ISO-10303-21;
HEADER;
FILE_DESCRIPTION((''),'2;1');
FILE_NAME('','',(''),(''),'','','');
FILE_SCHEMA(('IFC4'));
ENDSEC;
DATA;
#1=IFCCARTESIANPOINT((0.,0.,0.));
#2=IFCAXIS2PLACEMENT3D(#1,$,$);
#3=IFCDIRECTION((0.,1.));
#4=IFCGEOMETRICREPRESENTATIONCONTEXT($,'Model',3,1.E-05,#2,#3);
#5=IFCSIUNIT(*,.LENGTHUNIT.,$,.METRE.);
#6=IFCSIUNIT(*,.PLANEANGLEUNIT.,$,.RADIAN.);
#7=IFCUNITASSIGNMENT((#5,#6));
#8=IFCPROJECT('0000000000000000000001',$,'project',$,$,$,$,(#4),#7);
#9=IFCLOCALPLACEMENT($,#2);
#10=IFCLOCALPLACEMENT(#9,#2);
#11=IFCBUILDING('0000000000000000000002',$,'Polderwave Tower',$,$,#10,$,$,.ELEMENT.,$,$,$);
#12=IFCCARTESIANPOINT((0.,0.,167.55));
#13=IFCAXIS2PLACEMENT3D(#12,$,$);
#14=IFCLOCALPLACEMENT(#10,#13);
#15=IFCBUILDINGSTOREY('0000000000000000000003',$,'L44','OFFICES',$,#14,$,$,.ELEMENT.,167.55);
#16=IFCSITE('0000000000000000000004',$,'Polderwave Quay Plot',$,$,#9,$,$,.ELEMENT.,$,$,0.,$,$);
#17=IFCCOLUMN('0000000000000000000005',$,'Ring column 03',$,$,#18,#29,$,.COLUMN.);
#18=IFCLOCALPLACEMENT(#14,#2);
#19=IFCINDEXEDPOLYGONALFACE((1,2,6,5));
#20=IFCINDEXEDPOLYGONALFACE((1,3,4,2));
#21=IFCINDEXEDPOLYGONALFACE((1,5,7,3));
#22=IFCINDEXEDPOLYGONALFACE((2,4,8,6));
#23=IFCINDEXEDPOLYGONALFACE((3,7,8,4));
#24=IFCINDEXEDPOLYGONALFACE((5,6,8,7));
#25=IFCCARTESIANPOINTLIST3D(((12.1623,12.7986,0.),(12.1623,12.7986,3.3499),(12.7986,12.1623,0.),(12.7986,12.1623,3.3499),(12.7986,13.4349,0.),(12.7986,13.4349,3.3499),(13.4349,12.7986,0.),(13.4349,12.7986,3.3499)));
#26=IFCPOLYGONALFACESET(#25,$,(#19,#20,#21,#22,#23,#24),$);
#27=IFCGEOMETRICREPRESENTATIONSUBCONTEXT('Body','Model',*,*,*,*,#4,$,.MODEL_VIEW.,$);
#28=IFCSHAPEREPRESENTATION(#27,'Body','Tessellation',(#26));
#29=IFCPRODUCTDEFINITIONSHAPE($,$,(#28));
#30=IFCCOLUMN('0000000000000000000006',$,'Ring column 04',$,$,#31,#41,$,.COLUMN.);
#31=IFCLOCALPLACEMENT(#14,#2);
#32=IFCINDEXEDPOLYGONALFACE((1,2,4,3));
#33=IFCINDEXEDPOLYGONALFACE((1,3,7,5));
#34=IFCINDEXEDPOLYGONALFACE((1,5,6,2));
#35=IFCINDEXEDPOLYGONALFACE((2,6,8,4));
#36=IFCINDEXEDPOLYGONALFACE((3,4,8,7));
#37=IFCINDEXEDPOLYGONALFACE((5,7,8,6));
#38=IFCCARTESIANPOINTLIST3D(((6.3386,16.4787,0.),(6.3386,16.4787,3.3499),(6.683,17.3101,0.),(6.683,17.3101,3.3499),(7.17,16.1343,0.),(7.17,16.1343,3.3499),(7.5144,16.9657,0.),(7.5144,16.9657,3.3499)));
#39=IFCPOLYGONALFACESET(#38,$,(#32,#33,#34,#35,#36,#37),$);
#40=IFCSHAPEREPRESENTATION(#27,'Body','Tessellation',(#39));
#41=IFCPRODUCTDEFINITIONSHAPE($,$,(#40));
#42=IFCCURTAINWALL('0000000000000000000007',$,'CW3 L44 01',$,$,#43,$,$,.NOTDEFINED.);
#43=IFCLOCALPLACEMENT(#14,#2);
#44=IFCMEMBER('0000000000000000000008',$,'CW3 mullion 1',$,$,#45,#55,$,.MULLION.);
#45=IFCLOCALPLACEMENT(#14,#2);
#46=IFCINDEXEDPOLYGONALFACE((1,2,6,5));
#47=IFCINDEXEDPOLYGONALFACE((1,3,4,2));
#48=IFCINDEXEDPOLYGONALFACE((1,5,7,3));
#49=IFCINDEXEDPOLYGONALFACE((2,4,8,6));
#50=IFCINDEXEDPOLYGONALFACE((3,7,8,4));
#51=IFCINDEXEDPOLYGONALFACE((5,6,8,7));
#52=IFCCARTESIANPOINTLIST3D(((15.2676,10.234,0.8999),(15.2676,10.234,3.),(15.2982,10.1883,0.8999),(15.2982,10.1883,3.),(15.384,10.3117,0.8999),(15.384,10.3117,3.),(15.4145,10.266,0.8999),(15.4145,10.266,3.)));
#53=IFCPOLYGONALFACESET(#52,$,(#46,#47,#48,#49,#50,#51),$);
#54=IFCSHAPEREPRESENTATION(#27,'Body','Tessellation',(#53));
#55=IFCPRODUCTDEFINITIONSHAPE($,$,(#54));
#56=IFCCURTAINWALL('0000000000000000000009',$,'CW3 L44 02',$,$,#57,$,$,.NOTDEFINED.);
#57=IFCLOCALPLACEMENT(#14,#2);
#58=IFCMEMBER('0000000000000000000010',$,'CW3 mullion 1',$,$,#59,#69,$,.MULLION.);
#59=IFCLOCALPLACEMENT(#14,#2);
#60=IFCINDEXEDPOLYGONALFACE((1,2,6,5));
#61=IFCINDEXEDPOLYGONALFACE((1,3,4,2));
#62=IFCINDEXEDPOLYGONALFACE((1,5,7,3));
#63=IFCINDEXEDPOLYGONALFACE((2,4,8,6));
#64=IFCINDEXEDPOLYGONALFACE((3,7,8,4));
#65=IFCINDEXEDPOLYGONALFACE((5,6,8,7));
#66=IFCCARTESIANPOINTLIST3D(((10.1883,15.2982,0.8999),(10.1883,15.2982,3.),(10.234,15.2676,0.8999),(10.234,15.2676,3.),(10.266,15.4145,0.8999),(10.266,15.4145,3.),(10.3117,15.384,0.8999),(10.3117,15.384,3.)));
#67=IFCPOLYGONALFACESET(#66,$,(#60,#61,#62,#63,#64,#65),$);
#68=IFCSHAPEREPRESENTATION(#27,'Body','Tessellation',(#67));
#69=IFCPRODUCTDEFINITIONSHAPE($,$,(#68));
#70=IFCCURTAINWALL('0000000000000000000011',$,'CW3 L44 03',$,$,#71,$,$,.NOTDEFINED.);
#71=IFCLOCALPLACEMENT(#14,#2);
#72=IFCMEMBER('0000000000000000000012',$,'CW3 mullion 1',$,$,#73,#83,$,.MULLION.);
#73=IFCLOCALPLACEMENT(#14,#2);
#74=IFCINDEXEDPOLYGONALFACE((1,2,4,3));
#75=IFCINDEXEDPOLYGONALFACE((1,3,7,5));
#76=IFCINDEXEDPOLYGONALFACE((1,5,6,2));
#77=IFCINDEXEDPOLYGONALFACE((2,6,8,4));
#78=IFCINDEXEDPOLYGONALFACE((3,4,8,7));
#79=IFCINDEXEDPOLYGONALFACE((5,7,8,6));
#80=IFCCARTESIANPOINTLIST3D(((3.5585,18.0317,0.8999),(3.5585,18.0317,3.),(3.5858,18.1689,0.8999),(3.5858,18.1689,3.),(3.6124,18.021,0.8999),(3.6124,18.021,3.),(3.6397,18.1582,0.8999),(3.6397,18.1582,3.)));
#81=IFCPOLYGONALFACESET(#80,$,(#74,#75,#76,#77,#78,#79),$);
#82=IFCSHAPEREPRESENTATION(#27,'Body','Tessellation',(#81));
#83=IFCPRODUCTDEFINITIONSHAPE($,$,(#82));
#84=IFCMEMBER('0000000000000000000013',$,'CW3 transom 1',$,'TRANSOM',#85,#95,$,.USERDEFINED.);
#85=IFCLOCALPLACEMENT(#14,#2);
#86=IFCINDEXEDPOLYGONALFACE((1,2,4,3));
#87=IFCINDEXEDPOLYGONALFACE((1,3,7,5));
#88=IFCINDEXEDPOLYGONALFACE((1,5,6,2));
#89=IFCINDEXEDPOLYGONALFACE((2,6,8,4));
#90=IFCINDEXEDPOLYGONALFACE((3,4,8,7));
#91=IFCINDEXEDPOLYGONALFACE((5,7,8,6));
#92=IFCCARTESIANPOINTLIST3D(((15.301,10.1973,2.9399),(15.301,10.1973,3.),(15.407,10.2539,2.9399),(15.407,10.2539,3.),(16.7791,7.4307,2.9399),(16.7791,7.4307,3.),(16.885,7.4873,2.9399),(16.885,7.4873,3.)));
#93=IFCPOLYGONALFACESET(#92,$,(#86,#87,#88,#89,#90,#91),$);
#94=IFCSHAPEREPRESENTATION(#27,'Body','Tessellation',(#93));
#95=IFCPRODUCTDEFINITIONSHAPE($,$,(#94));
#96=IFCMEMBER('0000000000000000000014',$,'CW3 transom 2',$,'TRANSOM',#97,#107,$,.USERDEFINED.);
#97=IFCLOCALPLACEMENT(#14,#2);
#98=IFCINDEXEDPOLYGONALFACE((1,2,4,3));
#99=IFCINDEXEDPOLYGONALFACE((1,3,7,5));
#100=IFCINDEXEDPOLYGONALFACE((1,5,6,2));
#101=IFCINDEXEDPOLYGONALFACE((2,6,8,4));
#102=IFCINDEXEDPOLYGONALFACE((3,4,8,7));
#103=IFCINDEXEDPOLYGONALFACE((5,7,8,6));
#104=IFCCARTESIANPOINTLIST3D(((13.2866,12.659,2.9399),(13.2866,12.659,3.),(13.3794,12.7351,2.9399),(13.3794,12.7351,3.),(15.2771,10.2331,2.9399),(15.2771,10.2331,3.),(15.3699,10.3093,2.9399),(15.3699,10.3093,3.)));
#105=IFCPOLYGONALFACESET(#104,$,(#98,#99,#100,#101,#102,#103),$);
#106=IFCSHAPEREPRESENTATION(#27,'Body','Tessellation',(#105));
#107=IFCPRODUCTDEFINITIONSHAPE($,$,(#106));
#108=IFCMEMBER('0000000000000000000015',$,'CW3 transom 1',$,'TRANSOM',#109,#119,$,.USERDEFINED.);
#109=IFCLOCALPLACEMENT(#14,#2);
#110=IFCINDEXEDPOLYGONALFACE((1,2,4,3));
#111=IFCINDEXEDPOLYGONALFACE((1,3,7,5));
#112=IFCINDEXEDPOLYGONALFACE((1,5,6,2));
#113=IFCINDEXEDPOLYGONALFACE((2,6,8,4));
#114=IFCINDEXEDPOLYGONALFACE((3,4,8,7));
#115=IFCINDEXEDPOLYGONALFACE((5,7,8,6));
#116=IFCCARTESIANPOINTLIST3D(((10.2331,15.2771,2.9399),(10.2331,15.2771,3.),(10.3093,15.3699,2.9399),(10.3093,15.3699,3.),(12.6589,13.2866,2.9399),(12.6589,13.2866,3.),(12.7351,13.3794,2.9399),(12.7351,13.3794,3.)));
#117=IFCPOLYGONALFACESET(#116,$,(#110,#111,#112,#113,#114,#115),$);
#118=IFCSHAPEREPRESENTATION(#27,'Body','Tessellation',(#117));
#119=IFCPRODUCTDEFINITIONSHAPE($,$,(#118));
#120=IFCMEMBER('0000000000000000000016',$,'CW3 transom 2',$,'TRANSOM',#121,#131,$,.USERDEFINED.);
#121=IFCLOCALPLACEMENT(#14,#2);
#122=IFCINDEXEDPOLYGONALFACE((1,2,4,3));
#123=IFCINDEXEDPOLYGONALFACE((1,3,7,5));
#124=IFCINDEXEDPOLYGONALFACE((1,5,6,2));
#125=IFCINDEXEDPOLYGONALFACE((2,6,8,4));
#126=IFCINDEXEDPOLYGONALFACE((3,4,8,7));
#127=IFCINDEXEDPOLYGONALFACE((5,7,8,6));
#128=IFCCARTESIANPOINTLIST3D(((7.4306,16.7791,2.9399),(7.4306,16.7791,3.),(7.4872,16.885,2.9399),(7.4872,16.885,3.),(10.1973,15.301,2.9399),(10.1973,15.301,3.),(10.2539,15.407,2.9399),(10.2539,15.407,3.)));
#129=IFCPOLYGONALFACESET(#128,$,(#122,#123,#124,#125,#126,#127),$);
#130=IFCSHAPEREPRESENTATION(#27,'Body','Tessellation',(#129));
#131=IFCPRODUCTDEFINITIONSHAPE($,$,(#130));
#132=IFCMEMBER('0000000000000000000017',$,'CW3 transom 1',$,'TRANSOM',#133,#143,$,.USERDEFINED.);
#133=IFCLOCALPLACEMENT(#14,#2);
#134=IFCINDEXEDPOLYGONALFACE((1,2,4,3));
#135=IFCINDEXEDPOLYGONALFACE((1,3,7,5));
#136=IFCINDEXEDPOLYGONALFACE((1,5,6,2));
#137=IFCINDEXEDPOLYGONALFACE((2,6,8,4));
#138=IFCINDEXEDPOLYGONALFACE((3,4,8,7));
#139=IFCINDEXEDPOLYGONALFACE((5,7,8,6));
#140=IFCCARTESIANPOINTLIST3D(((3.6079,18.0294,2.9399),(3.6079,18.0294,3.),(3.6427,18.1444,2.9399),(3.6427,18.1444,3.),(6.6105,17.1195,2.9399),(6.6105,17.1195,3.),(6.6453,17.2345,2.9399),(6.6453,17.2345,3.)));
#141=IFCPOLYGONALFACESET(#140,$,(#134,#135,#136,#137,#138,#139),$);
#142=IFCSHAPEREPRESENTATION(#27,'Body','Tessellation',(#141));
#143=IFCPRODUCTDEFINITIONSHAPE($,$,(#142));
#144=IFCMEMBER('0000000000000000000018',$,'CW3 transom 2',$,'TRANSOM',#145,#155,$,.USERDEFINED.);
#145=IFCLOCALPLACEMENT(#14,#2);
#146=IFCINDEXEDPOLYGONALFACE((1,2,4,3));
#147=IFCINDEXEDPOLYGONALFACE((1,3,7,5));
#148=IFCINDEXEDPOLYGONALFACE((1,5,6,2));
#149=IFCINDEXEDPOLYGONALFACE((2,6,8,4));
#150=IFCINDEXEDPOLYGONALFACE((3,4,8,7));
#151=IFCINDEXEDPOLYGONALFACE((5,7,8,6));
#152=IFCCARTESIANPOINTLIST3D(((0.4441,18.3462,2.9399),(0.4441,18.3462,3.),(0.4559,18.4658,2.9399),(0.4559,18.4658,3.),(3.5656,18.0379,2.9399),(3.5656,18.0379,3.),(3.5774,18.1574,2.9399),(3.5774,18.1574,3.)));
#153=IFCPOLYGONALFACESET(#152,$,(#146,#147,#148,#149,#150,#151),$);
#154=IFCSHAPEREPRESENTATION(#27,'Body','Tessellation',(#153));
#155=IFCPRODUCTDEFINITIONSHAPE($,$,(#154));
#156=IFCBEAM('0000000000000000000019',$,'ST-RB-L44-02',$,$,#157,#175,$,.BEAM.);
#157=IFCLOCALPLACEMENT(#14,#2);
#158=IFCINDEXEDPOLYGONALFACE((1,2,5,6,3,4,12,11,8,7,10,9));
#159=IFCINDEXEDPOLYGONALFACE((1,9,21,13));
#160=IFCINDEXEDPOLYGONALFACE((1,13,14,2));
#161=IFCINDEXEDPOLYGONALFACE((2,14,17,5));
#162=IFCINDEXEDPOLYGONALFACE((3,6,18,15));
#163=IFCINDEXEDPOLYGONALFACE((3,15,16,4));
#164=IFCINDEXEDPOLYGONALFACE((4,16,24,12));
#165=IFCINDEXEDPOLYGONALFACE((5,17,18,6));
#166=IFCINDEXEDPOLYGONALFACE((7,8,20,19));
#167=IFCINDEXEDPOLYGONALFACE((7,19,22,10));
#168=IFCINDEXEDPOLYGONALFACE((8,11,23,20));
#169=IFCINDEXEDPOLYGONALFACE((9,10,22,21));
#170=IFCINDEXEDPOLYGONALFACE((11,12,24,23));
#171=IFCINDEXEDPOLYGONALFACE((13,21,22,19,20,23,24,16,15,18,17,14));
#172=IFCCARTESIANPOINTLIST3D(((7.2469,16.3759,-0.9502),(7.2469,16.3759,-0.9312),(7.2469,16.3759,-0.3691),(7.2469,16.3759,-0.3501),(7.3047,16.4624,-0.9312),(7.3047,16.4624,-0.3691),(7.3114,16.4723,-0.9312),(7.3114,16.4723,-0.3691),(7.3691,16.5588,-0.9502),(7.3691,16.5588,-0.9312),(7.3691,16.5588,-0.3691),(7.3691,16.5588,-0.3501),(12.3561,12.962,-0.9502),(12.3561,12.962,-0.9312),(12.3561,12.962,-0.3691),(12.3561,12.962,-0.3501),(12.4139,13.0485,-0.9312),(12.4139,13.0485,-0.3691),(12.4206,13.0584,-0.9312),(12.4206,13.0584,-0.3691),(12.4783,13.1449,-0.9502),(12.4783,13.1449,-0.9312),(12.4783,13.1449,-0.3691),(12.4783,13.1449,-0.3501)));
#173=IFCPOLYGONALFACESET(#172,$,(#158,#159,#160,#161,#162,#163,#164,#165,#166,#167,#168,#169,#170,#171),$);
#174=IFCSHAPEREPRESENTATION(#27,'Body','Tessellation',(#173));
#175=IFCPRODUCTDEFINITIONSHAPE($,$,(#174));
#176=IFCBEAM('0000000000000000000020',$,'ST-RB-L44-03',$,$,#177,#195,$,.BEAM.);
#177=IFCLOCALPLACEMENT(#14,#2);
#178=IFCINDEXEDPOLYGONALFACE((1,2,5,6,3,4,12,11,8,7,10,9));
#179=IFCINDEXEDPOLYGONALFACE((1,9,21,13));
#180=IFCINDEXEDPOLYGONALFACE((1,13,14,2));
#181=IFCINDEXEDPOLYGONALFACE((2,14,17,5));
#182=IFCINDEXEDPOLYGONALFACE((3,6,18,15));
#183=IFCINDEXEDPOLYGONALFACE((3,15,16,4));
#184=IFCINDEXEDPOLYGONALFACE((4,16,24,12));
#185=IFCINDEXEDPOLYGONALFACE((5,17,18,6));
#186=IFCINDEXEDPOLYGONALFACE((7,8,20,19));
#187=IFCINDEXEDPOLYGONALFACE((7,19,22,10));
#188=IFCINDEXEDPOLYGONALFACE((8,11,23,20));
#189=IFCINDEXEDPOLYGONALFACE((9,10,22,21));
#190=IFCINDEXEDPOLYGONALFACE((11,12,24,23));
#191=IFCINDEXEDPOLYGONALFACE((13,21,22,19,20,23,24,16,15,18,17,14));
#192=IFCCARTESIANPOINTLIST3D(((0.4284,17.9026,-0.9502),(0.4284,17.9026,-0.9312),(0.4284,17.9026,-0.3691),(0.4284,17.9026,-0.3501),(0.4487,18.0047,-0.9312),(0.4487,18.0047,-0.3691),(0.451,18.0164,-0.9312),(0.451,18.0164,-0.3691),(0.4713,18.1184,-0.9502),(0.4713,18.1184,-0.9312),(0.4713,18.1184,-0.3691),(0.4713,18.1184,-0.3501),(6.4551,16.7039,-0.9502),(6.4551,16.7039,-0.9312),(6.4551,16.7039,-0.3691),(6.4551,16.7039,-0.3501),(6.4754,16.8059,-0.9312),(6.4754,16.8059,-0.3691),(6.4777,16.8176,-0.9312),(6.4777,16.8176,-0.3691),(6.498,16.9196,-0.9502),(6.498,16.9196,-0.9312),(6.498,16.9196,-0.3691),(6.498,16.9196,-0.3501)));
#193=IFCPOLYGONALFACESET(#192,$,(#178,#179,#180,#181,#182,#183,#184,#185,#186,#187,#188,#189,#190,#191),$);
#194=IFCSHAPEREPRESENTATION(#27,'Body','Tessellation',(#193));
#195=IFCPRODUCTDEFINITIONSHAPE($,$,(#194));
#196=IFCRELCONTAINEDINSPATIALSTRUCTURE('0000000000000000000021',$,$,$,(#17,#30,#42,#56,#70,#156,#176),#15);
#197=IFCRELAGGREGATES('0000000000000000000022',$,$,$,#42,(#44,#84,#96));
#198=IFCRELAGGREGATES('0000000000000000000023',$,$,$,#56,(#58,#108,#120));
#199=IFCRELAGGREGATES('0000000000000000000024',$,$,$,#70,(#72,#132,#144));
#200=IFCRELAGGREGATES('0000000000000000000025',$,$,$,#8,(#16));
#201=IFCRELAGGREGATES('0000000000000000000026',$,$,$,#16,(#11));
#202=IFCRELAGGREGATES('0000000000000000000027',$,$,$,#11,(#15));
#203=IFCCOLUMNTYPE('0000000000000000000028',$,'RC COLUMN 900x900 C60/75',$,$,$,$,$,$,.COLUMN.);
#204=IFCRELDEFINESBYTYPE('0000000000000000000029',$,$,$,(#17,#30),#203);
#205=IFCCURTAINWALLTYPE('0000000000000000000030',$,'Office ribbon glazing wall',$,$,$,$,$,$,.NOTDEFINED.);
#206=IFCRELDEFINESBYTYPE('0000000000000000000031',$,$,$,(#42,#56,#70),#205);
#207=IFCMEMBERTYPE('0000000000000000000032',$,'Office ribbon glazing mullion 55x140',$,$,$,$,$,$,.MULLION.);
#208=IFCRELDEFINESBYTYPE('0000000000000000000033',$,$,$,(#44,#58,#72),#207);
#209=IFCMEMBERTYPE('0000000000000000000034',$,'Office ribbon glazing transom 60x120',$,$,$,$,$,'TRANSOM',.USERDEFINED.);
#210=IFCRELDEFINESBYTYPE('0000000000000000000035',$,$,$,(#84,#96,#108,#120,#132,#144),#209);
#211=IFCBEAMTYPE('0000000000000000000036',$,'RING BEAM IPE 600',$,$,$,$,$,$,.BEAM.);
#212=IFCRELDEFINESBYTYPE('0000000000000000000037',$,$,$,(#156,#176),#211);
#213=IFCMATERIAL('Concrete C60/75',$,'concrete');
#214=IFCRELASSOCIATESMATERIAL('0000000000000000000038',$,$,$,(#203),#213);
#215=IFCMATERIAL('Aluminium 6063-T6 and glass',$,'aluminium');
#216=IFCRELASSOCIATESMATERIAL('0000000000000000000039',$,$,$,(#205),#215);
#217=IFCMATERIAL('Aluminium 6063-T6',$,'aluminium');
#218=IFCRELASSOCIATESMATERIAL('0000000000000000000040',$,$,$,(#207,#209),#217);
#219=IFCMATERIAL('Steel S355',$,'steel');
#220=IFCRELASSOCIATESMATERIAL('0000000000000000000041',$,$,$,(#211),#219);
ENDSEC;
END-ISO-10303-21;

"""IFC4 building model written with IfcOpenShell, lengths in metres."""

from ifc_helpers import new_model, si_unit, direction, frame, origin, origin_2d, place, context, subcontext, project, spatial, rectangle, i_section, extrude, material, material_profile, profile_set, type_object, element, aggregate, save


model = new_model("IFC4")

# Units and contexts
model_context = context("Model", 3, precision=1e-05, world=origin(), true_north=direction((0.0, 1.0)))
body_context = subcontext(model_context, "Body", "Model", "MODEL_VIEW")
ifc_project = project(units=[si_unit("LENGTHUNIT", "METRE"), si_unit("PLANEANGLEUNIT", "RADIAN")], contexts=[model_context])

# Site, building, storey
site_placement = place(None, origin())
site = spatial("IfcSite", under=ifc_project, at=site_placement, Name="Polderwave Quay Plot", CompositionType="ELEMENT", RefElevation=0.0)
building_placement = place(site_placement, origin())
building = spatial("IfcBuilding", under=site, at=building_placement, Name="Polderwave Tower", CompositionType="ELEMENT")
storey_placement = place(building_placement, frame((0.0, 0.0, 167.55)))
storey = spatial("IfcBuildingStorey", under=building, at=storey_placement, Name="L44", Description="OFFICES", CompositionType="ELEMENT", Elevation=167.55)

# Columns
ifc_material_1 = material(Name="Concrete C60/75", Category="concrete")
ifc_material_profile_1 = material_profile(ifc_material_1, rectangle(XDim=0.8999, YDim=0.8999, at=origin_2d()), Name="RC 900x900")
ifc_profile_set_1 = profile_set([ifc_material_profile_1], Name="Concrete C60/75")
column_type = type_object("IfcColumnType", Name="RC COLUMN 900x900 C60/75", PredefinedType="COLUMN", material=ifc_profile_set_1)
for number, where, z_axis, x_axis, name in (
    (1, (12.7986, 12.7986, 0.0), (0.0, 0.0, 1.0), (0.707107, 0.707107, 0.0), "Ring column 03"),
    (2, (6.9265, 16.7222, 0.0), (0.0, 0.0, 1.0), (0.382683, 0.92388, 0.0), "Ring column 04"),
):
    element("IfcColumn", number, at=place(storey_placement, frame(where, z_axis=z_axis, x_axis=x_axis)), inside=storey, type_object=column_type, Name=name, PredefinedType="COLUMN", context=body_context, shape_type="SweptSolid", body=[
        extrude(rectangle(XDim=0.8999, YDim=0.8999, at=origin_2d()), origin(), (0.0, 0.0, 1.0), 3.3499),
    ])

# Curtain walls, members
ifc_material_2 = material(Name="Aluminium 6063-T6 and glass", Category="aluminium")
curtain_wall_type = type_object("IfcCurtainWallType", Name="Office ribbon glazing wall", PredefinedType="NOTDEFINED", material=ifc_material_2)
curtain_wall_1_placement = place(storey_placement, origin())
curtain_wall_1 = element("IfcCurtainWall", 3, at=curtain_wall_1_placement, inside=storey, type_object=curtain_wall_type, Name="CW3 L44 01", PredefinedType="NOTDEFINED")
ifc_material_3 = material(Name="Aluminium 6063-T6", Category="aluminium")
ifc_material_profile_2 = material_profile(ifc_material_3, rectangle(XDim=0.1399, YDim=0.0549, at=origin_2d()), Name="AL 55x140")
ifc_profile_set_2 = profile_set([ifc_material_profile_2], Name="Aluminium 6063-T6")
member_type_1 = type_object("IfcMemberType", Name="Office ribbon glazing mullion 55x140", PredefinedType="MULLION", material=ifc_profile_set_2)
member_1_placement = place(storey_placement, frame((15.3411, 10.25, 0.8999), z_axis=(0.0, 0.0, 1.0), x_axis=(-0.831547, -0.555454, 0.0)))
member_1 = element("IfcMember", 4, at=member_1_placement, type_object=member_type_1, Name="CW3 mullion 1", PredefinedType="MULLION", context=body_context, shape_type="SweptSolid", body=[
    extrude(rectangle(XDim=0.1399, YDim=0.0549, at=origin_2d()), origin(), (0.0, 0.0, 1.0), 2.1001),
])
curtain_wall_2_placement = place(storey_placement, origin())
curtain_wall_2 = element("IfcCurtainWall", 5, at=curtain_wall_2_placement, inside=storey, type_object=curtain_wall_type, Name="CW3 L44 02", PredefinedType="NOTDEFINED")
member_2_placement = place(storey_placement, frame((10.25, 15.3411, 0.8999), z_axis=(0.0, 0.0, 1.0), x_axis=(-0.555454, -0.831547, 0.0)))
member_2 = element("IfcMember", 6, at=member_2_placement, type_object=member_type_1, Name="CW3 mullion 1", PredefinedType="MULLION", context=body_context, shape_type="SweptSolid", body=[
    extrude(rectangle(XDim=0.1399, YDim=0.0549, at=origin_2d()), origin(), (0.0, 0.0, 1.0), 2.1001),
])
curtain_wall_3_placement = place(storey_placement, origin())
curtain_wall_3 = element("IfcCurtainWall", 7, at=curtain_wall_3_placement, inside=storey, type_object=curtain_wall_type, Name="CW3 L44 03", PredefinedType="NOTDEFINED")
member_3_placement = place(storey_placement, frame((3.5991, 18.095, 0.8999), z_axis=(0.0, 0.0, 1.0), x_axis=(-0.195097, -0.980784, 0.0)))
member_3 = element("IfcMember", 8, at=member_3_placement, type_object=member_type_1, Name="CW3 mullion 1", PredefinedType="MULLION", context=body_context, shape_type="SweptSolid", body=[
    extrude(rectangle(XDim=0.1399, YDim=0.0549, at=origin_2d()), origin(), (0.0, 0.0, 1.0), 2.1001),
])

# Members
ifc_material_profile_3 = material_profile(ifc_material_3, rectangle(XDim=0.1201, YDim=0.0601, at=origin_2d()), Name="AL 60x120")
ifc_profile_set_3 = profile_set([ifc_material_profile_3], Name="Aluminium 6063-T6")
member_type_2 = type_object("IfcMemberType", Name="Office ribbon glazing transom 60x120", ElementType="TRANSOM", PredefinedType="USERDEFINED", material=ifc_profile_set_3)
member_4_placement = place(storey_placement, frame((16.832, 7.459, 2.97), z_axis=(-0.47121, 0.882021, 0.0), x_axis=(-0.882021, -0.47121, 0.0)))
member_4 = element("IfcMember", 9, at=member_4_placement, type_object=member_type_2, Name="CW3 transom 1", ObjectType="TRANSOM", PredefinedType="USERDEFINED", context=body_context, shape_type="SweptSolid", body=[
    extrude(rectangle(XDim=0.1201, YDim=0.0601, at=origin_2d()), origin(), (0.0, 0.0, 1.0), 3.1367),
])
member_5_placement = place(storey_placement, frame((15.3235, 10.2712, 2.97), z_axis=(-0.634334, 0.773059, 0.0), x_axis=(-0.773059, -0.634334, 0.0)))
member_5 = element("IfcMember", 10, at=member_5_placement, type_object=member_type_2, Name="CW3 transom 2", ObjectType="TRANSOM", PredefinedType="USERDEFINED", context=body_context, shape_type="SweptSolid", body=[
    extrude(rectangle(XDim=0.1201, YDim=0.0601, at=origin_2d()), origin(), (0.0, 0.0, 1.0), 3.1379),
])
member_6_placement = place(storey_placement, frame((12.697, 13.333, 2.97), z_axis=(-0.773059, 0.634334, 0.0), x_axis=(-0.634334, -0.773059, 0.0)))
member_6 = element("IfcMember", 11, at=member_6_placement, type_object=member_type_2, Name="CW3 transom 1", ObjectType="TRANSOM", PredefinedType="USERDEFINED", context=body_context, shape_type="SweptSolid", body=[
    extrude(rectangle(XDim=0.1201, YDim=0.0601, at=origin_2d()), origin(), (0.0, 0.0, 1.0), 3.1379),
])
member_7_placement = place(storey_placement, frame((10.2256, 15.354, 2.97), z_axis=(-0.882021, 0.47121, 0.0), x_axis=(-0.47121, -0.882021, 0.0)))
member_7 = element("IfcMember", 12, at=member_7_placement, type_object=member_type_2, Name="CW3 transom 2", ObjectType="TRANSOM", PredefinedType="USERDEFINED", context=body_context, shape_type="SweptSolid", body=[
    extrude(rectangle(XDim=0.1201, YDim=0.0601, at=origin_2d()), origin(), (0.0, 0.0, 1.0), 3.1367),
])
member_8_placement = place(storey_placement, frame((6.6279, 17.177, 2.97), z_axis=(-0.957024, 0.29001, 0.0), x_axis=(-0.29001, -0.957024, 0.0)))
member_8 = element("IfcMember", 13, at=member_8_placement, type_object=member_type_2, Name="CW3 transom 1", ObjectType="TRANSOM", PredefinedType="USERDEFINED", context=body_context, shape_type="SweptSolid", body=[
    extrude(rectangle(XDim=0.1201, YDim=0.0601, at=origin_2d()), origin(), (0.0, 0.0, 1.0), 3.1375),
])
member_9_placement = place(storey_placement, frame((3.5715, 18.0977, 2.97), z_axis=(-0.995157, 0.098301, 0.0), x_axis=(-0.098301, -0.995157, 0.0)))
member_9 = element("IfcMember", 14, at=member_9_placement, type_object=member_type_2, Name="CW3 transom 2", ObjectType="TRANSOM", PredefinedType="USERDEFINED", context=body_context, shape_type="SweptSolid", body=[
    extrude(rectangle(XDim=0.1201, YDim=0.0601, at=origin_2d()), origin(), (0.0, 0.0, 1.0), 3.1367),
])

# Beams
ifc_material_4 = material(Name="Steel S355", Category="steel")
ifc_material_profile_4 = material_profile(ifc_material_4, i_section(OverallWidth=0.22, OverallDepth=0.6001, WebThickness=0.012, FlangeThickness=0.019, at=origin_2d()), Name="IPE 600")
ifc_profile_set_4 = profile_set([ifc_material_profile_4], Name="Steel S355")
beam_type = type_object("IfcBeamType", Name="RING BEAM IPE 600", PredefinedType="BEAM", material=ifc_profile_set_4)
for number, where, z_axis, x_axis, name in (
    (15, (12.4172, 13.0535, -0.6501), (-0.831469, 0.555571, 0.0), (-0.555571, -0.831469, 0.0), "ST-RB-L44-02"),
    (16, (6.4766, 16.8118, -0.6501), (-0.980786, 0.195085, 0.0), (-0.195085, -0.980786, 0.0), "ST-RB-L44-03"),
):
    element("IfcBeam", number, at=place(storey_placement, frame(where, z_axis=z_axis, x_axis=x_axis)), inside=storey, type_object=beam_type, Name=name, PredefinedType="BEAM", context=body_context, shape_type="SweptSolid", body=[
        extrude(i_section(OverallWidth=0.22, OverallDepth=0.6001, WebThickness=0.012, FlangeThickness=0.019, at=origin_2d()), origin(), (0.0, 0.0, 1.0), 6.1448),
    ])

aggregate(curtain_wall_1, [member_1, member_4, member_5])
aggregate(curtain_wall_2, [member_2, member_6, member_7])
aggregate(curtain_wall_3, [member_3, member_8, member_9])

save(model, "model.ifc")
